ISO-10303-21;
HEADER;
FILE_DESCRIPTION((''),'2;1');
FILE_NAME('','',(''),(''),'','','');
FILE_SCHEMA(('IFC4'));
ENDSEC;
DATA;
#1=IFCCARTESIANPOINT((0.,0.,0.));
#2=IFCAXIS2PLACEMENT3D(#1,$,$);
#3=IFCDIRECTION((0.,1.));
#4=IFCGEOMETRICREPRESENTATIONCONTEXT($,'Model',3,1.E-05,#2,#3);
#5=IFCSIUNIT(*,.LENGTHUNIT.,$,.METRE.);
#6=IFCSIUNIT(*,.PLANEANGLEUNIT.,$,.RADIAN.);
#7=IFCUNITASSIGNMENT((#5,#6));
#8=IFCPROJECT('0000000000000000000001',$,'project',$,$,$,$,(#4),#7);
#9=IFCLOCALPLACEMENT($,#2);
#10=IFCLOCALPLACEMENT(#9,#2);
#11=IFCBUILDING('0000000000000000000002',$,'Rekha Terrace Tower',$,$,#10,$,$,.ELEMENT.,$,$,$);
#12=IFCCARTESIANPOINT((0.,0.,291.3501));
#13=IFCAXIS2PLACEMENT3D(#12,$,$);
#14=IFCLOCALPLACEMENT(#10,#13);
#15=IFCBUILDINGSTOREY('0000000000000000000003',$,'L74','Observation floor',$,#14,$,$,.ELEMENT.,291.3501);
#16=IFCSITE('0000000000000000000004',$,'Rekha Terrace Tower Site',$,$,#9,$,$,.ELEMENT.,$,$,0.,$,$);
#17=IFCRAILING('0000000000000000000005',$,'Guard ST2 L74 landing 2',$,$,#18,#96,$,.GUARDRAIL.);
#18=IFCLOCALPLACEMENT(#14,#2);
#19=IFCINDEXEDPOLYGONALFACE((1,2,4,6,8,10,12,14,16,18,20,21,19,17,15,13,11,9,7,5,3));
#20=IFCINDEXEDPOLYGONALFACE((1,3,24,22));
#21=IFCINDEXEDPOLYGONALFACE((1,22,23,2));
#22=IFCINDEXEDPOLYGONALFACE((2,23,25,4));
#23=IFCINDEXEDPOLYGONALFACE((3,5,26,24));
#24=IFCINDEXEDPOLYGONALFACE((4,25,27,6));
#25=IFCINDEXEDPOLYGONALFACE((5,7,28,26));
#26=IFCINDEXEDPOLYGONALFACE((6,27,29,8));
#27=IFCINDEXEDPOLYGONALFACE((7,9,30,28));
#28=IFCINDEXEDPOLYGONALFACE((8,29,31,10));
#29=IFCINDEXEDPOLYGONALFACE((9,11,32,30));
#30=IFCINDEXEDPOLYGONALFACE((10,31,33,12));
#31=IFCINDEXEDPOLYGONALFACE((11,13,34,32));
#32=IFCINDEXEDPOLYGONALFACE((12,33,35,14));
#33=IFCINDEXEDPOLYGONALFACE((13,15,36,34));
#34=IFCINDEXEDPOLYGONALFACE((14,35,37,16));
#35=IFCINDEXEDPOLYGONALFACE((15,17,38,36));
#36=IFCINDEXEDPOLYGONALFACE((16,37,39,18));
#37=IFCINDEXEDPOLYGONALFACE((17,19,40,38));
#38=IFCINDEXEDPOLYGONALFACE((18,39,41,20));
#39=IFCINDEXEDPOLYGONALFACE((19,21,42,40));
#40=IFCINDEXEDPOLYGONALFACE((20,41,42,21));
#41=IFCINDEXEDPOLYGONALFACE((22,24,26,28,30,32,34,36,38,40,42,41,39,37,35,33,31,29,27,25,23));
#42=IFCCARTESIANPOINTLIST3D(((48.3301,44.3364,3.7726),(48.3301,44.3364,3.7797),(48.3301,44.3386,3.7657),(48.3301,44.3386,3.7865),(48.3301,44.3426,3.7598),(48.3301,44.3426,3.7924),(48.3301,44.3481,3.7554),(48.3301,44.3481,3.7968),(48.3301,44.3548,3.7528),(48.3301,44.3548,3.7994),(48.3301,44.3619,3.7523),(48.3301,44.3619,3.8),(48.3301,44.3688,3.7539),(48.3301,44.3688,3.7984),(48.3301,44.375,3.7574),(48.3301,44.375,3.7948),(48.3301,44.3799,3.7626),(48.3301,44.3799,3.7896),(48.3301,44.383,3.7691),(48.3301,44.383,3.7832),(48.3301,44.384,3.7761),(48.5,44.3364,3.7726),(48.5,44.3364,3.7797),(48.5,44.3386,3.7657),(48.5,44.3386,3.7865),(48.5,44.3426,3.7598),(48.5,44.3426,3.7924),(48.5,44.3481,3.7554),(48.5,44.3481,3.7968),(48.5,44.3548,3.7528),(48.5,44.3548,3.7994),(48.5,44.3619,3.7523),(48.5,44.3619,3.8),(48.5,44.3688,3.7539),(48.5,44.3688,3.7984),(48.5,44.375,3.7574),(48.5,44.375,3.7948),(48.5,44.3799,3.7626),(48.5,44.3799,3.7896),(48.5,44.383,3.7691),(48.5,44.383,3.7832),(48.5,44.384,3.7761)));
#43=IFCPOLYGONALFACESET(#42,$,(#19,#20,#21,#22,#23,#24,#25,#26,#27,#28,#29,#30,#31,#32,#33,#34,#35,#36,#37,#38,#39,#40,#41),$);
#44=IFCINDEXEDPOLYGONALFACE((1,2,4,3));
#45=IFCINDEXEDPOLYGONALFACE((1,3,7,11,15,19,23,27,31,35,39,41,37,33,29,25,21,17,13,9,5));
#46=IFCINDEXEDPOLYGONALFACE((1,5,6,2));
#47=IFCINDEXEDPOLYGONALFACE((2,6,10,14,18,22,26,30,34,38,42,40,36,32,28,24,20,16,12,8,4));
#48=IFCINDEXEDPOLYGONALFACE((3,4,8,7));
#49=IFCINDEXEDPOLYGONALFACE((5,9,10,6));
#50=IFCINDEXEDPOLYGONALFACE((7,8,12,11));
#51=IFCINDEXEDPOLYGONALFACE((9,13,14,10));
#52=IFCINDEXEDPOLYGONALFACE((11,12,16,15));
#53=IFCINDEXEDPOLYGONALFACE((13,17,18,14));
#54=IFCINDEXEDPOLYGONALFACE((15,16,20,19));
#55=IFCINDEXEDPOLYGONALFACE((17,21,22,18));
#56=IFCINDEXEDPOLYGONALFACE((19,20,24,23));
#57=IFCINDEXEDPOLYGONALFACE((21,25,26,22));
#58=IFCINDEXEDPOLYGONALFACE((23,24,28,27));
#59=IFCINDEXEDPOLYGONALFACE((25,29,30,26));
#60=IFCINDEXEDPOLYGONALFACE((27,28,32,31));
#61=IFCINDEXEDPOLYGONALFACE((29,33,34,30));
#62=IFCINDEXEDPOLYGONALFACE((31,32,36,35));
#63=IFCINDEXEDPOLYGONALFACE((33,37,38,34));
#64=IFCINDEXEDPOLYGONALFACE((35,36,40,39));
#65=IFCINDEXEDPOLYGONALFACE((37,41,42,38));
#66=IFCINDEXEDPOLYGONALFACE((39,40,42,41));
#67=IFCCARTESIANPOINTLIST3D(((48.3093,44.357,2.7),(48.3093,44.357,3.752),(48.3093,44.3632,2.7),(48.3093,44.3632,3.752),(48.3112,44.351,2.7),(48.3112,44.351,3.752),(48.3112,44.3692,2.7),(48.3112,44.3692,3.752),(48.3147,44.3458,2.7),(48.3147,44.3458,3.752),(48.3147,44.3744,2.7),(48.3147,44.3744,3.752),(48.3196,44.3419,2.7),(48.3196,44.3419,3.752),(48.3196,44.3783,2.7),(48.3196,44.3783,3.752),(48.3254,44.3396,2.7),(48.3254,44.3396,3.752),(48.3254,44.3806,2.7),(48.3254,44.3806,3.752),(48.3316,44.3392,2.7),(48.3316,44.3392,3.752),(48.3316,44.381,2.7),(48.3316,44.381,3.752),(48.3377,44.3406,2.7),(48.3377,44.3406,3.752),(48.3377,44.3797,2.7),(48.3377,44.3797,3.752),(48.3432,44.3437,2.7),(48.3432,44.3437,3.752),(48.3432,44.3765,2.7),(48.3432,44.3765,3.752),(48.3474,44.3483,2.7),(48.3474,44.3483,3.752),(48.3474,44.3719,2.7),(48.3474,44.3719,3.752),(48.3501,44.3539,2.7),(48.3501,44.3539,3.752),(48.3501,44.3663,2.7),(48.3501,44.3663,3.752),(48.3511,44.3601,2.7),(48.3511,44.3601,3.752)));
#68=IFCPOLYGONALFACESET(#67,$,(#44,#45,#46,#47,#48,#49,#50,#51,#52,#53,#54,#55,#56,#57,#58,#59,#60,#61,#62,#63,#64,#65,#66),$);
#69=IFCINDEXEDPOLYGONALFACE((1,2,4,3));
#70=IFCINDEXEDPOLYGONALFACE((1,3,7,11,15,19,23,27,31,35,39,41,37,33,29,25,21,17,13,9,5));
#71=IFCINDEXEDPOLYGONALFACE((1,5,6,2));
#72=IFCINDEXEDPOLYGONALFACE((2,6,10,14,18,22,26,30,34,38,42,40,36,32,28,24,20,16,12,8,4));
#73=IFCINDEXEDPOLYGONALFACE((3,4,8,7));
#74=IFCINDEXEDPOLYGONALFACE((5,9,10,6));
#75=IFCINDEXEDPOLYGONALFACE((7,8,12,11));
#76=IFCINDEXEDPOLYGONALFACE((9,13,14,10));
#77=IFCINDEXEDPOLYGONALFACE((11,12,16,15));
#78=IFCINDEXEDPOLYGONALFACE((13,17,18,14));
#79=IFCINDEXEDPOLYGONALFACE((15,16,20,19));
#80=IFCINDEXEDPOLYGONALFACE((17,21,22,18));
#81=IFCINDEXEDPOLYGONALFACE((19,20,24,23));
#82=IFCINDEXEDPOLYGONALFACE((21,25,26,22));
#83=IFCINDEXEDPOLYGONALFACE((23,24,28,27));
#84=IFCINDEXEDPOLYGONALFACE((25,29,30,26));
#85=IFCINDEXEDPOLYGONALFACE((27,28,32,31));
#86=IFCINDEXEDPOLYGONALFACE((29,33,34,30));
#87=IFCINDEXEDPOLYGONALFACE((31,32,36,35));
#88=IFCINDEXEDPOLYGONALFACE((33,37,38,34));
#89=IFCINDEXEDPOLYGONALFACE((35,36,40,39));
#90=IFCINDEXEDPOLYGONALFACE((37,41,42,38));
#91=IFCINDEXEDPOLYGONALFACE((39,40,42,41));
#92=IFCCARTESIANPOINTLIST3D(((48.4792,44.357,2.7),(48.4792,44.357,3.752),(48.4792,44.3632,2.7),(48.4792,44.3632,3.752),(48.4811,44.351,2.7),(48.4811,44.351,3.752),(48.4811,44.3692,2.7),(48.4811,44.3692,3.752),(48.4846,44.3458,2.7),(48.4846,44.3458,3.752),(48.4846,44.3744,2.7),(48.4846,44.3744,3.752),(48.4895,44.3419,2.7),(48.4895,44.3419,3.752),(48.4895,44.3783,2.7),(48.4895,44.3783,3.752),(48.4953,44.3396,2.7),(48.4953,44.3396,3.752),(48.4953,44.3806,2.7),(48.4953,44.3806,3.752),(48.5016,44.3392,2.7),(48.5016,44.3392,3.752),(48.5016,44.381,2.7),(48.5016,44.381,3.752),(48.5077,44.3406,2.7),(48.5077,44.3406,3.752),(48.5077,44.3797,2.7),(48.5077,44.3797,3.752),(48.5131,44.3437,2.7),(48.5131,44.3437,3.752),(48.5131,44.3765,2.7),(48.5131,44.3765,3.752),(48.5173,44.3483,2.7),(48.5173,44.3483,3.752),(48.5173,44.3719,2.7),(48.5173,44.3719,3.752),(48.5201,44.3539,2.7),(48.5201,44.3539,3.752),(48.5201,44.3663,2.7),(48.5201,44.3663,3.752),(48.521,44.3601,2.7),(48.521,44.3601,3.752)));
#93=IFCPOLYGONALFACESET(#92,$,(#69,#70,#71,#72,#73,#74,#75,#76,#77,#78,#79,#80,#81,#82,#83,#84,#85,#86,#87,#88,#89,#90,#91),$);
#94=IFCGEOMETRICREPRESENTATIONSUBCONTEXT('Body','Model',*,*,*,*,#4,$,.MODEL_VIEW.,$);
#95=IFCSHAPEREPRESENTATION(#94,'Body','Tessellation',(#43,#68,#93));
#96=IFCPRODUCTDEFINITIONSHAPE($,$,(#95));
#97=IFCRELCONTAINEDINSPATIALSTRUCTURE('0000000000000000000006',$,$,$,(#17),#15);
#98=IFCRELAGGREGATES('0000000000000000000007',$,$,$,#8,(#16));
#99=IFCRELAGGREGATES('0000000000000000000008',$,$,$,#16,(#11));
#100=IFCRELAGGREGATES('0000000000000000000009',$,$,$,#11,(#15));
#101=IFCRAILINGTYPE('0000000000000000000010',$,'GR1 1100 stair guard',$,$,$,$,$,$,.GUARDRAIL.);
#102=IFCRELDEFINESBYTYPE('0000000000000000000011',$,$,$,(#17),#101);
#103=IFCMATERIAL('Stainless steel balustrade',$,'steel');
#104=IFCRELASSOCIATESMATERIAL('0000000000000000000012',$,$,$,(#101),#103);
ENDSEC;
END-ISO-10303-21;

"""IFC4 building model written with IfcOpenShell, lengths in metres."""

from ifc_helpers import new_model, si_unit, direction, frame, origin, origin_2d, place, context, subcontext, project, spatial, circle, extrude, material, type_object, element, save


model = new_model("IFC4")

# Units and contexts
model_context = context("Model", 3, precision=1e-05, world=origin(), true_north=direction((0.0, 1.0)))
body_context = subcontext(model_context, "Body", "Model", "MODEL_VIEW")
ifc_project = project(units=[si_unit("LENGTHUNIT", "METRE"), si_unit("PLANEANGLEUNIT", "RADIAN")], contexts=[model_context])

# Site, building, storey
site_placement = place(None, origin())
site = spatial("IfcSite", under=ifc_project, at=site_placement, Name="Rekha Terrace Tower Site", CompositionType="ELEMENT", RefElevation=0.0)
building_placement = place(site_placement, origin())
building = spatial("IfcBuilding", under=site, at=building_placement, Name="Rekha Terrace Tower", CompositionType="ELEMENT")
storey_placement = place(building_placement, frame((0.0, 0.0, 291.3501)))
storey = spatial("IfcBuildingStorey", under=building, at=storey_placement, Name="L74", Description="Observation floor", CompositionType="ELEMENT", Elevation=291.3501)

# Railing
ifc_material_1 = material(Name="Stainless steel balustrade", Category="steel")
railing_type_1 = type_object("IfcRailingType", Name="GR1 1100 stair guard", PredefinedType="GUARDRAIL", material=ifc_material_1)
railing_1_placement = place(storey_placement, frame((48.3301, 44.3601, 2.7)))
element("IfcRailing", 1, at=railing_1_placement, inside=storey, type_object=railing_type_1, Name="Guard ST2 L74 landing 2", PredefinedType="GUARDRAIL", context=body_context, shape_type="SweptSolid", body=[
    extrude(circle(Radius=0.0239, at=origin_2d()), frame((0.0, 0.0, 1.0762), z_axis=(1.0, 0.0, 0.0), x_axis=(0.0, 1.0, 0.0)), (0.0, 0.0, 1.0), 0.1699),
    extrude(circle(Radius=0.021, at=origin_2d()), origin(), (0.0, 0.0, 1.0), 1.052),
    extrude(circle(Radius=0.021, at=origin_2d()), frame((0.1699, 0.0, 0.0)), (0.0, 0.0, 1.0), 1.052),
])

save(model, "model.ifc")
